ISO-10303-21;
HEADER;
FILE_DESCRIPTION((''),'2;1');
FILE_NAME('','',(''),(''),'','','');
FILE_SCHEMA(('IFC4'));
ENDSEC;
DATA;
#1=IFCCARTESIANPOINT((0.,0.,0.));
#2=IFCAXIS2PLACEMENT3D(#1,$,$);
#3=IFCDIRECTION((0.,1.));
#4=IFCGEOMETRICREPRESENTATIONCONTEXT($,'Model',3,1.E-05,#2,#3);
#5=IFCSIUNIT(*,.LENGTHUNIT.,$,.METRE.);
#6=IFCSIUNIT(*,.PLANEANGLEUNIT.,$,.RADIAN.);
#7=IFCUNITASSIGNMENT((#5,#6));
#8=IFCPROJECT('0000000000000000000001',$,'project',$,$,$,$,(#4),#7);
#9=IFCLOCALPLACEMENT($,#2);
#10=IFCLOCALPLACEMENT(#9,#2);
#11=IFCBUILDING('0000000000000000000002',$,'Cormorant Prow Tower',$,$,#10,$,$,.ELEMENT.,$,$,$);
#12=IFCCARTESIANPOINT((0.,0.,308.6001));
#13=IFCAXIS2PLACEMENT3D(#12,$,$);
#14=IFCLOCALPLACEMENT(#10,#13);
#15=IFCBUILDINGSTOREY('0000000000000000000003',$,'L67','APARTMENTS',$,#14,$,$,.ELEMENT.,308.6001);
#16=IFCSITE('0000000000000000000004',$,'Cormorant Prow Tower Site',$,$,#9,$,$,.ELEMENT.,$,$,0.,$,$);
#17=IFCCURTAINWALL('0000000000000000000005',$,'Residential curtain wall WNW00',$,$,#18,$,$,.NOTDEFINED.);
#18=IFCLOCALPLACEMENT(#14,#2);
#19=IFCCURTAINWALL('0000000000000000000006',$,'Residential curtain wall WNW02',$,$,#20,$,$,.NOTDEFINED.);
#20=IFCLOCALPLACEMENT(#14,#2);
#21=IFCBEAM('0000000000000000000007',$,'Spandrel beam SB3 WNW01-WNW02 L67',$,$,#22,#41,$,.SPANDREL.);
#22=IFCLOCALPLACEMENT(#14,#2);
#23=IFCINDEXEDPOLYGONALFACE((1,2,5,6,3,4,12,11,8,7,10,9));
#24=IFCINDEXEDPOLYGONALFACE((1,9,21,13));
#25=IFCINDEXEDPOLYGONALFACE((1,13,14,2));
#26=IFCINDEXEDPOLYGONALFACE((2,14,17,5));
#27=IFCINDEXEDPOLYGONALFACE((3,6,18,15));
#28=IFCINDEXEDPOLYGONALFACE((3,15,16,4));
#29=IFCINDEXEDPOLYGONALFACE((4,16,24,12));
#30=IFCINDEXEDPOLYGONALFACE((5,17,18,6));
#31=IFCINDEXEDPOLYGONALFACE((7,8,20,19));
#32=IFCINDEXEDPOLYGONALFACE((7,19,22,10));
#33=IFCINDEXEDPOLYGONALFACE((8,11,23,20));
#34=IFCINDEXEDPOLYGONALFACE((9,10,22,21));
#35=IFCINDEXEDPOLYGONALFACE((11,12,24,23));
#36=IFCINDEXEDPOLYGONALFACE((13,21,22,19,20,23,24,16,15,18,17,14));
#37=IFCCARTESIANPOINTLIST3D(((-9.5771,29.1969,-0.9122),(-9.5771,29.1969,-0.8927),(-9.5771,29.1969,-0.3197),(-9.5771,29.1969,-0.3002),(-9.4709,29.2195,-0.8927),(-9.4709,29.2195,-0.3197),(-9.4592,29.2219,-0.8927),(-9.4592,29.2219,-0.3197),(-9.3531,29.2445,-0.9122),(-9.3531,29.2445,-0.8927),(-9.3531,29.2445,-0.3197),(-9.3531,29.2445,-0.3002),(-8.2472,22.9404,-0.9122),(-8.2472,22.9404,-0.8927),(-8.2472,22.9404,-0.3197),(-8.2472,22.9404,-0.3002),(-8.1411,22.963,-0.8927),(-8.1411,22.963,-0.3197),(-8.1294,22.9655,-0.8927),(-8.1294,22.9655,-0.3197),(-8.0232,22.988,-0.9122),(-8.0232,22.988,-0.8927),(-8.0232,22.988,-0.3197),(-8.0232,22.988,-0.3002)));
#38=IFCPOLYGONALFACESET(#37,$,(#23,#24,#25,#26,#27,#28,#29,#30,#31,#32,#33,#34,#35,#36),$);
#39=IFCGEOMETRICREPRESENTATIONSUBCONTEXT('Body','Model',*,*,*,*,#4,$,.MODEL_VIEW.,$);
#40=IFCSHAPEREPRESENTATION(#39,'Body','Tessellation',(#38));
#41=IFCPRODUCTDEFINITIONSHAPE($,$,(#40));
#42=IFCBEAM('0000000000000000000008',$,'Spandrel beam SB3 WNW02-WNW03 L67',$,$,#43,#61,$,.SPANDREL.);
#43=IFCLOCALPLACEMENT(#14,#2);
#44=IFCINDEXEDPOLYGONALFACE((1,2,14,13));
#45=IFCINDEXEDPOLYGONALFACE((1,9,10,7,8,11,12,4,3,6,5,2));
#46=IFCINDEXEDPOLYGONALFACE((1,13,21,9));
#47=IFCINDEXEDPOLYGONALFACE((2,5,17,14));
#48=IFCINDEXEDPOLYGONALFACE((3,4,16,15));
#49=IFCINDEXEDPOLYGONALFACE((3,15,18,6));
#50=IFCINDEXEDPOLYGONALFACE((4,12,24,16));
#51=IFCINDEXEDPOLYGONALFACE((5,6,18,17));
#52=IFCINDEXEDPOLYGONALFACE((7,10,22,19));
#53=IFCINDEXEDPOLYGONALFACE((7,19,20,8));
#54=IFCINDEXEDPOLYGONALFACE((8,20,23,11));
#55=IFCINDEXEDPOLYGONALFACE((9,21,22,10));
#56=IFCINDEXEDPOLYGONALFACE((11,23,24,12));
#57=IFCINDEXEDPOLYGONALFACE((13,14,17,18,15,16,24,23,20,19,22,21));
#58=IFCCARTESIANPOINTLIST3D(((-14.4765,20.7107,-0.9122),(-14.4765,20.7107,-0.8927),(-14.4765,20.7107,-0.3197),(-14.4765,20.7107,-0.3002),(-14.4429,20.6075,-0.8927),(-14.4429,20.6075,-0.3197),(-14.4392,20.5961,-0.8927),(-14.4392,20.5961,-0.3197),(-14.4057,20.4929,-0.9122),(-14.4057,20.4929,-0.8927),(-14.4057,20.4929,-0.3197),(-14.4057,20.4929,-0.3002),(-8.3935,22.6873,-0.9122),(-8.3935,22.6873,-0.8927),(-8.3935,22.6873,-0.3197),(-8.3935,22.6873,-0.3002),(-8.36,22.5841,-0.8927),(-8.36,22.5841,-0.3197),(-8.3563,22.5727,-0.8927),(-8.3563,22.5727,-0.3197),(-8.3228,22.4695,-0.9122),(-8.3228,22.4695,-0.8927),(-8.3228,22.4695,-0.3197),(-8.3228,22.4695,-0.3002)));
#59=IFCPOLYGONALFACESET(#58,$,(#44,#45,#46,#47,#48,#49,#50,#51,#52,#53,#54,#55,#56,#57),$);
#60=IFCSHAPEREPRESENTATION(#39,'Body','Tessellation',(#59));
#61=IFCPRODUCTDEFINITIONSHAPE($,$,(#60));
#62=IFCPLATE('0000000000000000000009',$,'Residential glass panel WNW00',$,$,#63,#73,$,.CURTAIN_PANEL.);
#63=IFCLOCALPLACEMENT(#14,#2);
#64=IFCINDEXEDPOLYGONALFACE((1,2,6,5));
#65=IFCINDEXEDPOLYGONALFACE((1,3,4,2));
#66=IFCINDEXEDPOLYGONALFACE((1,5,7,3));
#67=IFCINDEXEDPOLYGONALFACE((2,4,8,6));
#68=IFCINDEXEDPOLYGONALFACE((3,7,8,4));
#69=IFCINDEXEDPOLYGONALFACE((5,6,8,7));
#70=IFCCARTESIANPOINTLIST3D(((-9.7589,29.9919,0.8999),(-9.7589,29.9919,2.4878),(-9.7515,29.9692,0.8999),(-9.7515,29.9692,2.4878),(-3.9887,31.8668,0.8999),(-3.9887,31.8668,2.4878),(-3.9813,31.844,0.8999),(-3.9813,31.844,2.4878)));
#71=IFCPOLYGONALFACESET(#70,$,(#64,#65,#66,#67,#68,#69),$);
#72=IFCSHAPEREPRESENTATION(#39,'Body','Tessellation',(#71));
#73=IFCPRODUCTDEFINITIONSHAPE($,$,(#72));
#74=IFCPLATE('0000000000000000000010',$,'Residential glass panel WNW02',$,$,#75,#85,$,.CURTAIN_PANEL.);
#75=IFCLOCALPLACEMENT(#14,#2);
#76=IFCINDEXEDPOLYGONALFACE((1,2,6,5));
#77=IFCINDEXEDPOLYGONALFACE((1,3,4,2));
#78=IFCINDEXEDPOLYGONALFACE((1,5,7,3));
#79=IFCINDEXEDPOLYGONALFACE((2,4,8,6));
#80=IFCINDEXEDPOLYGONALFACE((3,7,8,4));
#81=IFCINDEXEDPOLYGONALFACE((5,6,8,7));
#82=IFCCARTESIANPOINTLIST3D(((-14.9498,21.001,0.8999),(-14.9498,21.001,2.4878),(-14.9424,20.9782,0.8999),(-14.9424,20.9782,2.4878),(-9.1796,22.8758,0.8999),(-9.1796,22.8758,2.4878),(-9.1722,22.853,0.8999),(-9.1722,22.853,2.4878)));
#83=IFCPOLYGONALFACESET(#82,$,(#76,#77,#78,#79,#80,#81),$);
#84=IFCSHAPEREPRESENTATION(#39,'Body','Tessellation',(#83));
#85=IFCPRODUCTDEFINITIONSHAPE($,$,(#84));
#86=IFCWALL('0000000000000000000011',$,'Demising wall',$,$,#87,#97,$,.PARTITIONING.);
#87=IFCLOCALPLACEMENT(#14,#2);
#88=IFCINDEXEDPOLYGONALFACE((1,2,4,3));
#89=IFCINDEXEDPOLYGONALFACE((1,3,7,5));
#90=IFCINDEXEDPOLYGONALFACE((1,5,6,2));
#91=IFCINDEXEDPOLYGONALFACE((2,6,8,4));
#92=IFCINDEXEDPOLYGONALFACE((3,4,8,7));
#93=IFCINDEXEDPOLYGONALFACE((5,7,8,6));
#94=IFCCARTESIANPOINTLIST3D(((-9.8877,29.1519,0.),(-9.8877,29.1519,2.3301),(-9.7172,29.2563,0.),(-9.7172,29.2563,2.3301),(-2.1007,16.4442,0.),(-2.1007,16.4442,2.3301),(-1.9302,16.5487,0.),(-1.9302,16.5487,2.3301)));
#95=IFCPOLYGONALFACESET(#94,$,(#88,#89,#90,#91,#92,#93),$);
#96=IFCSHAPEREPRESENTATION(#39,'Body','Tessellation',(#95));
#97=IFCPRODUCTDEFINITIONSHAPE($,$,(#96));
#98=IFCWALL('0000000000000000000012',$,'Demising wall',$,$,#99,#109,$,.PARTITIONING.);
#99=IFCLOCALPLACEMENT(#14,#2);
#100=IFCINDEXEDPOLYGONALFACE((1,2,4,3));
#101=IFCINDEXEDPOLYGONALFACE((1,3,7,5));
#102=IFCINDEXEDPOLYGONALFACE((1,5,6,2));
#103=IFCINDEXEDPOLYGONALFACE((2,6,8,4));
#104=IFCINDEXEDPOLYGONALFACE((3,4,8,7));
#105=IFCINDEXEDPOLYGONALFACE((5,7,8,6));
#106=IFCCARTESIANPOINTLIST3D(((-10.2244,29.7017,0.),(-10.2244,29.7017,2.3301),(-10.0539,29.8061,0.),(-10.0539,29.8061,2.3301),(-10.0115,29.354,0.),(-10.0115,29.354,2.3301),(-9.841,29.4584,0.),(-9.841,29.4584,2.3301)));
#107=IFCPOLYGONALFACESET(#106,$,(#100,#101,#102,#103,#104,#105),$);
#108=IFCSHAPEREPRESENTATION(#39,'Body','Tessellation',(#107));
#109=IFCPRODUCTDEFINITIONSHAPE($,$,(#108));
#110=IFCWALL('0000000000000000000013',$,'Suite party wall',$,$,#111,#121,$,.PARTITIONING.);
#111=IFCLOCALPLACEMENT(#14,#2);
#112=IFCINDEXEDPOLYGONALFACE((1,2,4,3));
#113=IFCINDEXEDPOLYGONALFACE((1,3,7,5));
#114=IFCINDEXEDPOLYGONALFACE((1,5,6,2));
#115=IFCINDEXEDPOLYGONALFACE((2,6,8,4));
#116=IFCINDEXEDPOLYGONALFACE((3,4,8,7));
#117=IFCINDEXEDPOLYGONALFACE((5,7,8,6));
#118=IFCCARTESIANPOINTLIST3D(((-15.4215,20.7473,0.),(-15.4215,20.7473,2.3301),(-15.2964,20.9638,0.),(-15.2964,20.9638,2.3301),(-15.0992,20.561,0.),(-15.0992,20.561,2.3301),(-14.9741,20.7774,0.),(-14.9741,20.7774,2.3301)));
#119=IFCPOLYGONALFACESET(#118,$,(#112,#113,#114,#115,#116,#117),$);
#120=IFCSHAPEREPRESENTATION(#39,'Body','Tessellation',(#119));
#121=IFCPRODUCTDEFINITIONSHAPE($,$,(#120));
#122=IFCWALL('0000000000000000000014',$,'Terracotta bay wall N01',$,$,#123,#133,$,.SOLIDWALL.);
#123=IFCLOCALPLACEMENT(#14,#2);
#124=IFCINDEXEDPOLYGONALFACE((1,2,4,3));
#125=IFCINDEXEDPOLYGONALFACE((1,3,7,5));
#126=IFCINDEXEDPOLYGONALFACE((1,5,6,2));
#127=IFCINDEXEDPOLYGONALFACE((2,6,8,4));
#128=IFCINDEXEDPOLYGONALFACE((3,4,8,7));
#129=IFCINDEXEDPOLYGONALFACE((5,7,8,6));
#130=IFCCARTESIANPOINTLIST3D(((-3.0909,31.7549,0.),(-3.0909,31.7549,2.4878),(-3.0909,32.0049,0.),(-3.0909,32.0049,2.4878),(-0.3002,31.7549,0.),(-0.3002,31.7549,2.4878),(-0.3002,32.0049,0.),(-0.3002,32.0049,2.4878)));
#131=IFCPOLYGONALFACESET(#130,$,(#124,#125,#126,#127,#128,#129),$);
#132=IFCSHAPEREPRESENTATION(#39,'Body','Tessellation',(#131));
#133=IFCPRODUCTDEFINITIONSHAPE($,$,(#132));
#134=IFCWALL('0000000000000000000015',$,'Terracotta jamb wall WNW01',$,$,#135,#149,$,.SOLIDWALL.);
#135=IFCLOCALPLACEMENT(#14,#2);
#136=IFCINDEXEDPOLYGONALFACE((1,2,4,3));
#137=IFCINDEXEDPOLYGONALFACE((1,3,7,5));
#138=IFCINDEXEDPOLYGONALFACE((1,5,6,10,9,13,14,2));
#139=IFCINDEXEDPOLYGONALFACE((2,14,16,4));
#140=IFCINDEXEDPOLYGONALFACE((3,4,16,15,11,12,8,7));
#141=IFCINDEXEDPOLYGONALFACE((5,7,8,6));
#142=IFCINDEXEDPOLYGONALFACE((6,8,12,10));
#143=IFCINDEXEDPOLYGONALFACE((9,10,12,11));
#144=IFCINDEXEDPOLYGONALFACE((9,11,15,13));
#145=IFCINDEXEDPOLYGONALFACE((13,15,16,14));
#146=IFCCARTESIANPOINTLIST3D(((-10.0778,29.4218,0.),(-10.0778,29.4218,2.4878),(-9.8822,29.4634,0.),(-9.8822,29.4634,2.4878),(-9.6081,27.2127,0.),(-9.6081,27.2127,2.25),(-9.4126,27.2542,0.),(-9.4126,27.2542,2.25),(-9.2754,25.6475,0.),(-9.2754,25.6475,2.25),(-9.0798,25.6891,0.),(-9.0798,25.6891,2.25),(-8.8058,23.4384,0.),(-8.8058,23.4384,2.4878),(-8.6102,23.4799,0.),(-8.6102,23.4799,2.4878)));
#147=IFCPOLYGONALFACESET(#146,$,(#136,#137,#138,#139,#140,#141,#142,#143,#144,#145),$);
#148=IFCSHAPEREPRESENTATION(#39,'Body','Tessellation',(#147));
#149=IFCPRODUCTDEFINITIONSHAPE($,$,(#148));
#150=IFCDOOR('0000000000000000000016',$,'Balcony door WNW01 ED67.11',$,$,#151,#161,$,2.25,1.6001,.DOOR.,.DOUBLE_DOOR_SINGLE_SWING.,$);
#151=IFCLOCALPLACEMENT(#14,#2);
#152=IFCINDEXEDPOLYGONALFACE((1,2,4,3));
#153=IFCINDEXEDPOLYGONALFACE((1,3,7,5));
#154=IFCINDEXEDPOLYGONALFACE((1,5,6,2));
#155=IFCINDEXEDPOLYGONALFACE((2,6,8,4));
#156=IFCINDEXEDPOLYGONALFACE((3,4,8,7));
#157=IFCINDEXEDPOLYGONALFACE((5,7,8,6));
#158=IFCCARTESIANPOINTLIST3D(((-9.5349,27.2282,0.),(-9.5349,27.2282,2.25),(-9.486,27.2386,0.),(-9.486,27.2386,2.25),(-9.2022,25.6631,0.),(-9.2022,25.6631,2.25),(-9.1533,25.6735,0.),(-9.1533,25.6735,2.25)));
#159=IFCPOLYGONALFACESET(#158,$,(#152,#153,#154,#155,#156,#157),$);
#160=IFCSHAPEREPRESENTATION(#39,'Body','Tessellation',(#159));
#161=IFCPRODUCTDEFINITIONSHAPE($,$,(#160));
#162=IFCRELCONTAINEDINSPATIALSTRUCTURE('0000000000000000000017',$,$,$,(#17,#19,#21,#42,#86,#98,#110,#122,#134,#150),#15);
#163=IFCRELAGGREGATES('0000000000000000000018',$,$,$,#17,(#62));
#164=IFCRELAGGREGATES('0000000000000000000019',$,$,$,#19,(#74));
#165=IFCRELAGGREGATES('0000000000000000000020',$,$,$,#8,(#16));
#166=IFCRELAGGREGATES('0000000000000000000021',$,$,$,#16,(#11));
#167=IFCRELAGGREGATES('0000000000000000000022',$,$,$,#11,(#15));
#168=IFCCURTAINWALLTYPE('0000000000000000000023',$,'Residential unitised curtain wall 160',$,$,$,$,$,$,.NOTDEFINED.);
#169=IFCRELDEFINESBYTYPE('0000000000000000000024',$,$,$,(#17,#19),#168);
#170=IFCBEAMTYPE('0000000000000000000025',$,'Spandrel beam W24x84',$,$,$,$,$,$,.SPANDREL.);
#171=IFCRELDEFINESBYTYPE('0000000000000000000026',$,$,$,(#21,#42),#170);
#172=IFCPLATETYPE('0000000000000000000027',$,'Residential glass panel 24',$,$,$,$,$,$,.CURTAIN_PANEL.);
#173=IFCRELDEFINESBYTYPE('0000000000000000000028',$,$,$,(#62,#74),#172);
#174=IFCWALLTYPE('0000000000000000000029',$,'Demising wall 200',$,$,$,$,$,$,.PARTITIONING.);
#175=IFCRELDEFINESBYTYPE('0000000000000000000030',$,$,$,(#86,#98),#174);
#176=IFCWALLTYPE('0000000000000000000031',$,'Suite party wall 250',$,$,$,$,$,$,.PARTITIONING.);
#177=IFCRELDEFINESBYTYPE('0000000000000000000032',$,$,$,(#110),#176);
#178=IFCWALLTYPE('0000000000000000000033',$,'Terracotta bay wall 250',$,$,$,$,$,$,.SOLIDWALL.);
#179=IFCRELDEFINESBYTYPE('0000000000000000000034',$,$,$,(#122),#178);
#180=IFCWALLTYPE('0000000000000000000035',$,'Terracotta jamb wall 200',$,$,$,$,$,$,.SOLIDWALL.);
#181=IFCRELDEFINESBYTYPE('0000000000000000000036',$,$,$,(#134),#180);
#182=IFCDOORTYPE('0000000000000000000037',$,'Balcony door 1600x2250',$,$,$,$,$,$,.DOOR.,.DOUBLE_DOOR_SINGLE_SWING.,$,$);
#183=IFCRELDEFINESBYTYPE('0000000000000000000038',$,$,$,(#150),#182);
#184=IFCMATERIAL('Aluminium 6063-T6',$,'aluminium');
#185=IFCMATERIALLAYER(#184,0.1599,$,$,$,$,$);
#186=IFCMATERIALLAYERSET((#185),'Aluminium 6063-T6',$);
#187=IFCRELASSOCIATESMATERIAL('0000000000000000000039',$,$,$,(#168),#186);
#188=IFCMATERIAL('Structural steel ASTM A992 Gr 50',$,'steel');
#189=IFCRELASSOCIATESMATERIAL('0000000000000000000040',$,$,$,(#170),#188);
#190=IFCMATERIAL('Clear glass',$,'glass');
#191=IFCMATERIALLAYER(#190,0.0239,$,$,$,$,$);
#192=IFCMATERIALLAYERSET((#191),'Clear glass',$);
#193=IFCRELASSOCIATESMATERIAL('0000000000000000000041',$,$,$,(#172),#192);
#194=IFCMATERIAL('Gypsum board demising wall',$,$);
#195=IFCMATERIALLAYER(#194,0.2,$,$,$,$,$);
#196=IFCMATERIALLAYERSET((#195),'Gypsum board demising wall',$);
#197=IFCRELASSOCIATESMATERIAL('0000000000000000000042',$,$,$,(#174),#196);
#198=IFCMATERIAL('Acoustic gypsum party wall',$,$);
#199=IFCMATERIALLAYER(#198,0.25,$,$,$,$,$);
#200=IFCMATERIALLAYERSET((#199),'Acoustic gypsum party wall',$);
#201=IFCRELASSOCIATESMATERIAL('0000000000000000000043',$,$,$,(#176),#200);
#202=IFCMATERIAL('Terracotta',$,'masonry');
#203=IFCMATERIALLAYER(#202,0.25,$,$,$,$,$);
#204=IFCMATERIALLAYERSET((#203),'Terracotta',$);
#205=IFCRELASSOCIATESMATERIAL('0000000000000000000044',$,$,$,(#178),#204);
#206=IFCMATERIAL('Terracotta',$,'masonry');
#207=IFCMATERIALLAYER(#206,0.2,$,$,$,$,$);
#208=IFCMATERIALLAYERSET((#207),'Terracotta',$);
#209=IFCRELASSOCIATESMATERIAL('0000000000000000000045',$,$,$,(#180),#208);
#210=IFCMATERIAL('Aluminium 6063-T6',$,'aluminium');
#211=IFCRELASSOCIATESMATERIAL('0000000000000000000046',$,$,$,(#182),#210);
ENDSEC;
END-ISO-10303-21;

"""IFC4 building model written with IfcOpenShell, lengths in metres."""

from ifc_helpers import new_model, si_unit, direction, frame, frame_2d, origin, origin_2d, place, context, subcontext, project, spatial, rectangle, i_section, extrude, material, layer, layer_set, material_profile, profile_set, type_object, element, fill, aggregate, save


model = new_model("IFC4")

# Units and contexts
model_context = context("Model", 3, precision=1e-05, world=origin(), true_north=direction((0.0, 1.0)))
body_context = subcontext(model_context, "Body", "Model", "MODEL_VIEW")
ifc_project = project(units=[si_unit("LENGTHUNIT", "METRE"), si_unit("PLANEANGLEUNIT", "RADIAN")], contexts=[model_context])

# Site, building, storey
site_placement = place(None, origin())
site = spatial("IfcSite", under=ifc_project, at=site_placement, Name="Cormorant Prow Tower Site", CompositionType="ELEMENT", RefElevation=0.0)
building_placement = place(site_placement, origin())
building = spatial("IfcBuilding", under=site, at=building_placement, Name="Cormorant Prow Tower", CompositionType="ELEMENT")
storey_placement = place(building_placement, frame((0.0, 0.0, 308.6001)))
storey = spatial("IfcBuildingStorey", under=building, at=storey_placement, Name="L67", Description="APARTMENTS", CompositionType="ELEMENT", Elevation=308.6001)

# Curtain walls
ifc_material_1 = material(Name="Aluminium 6063-T6", Category="aluminium")
ifc_layer_1 = layer(ifc_material_1, 0.1599)
ifc_layer_set_1 = layer_set([ifc_layer_1], Name="Aluminium 6063-T6")
curtain_wall_type = type_object("IfcCurtainWallType", Name="Residential unitised curtain wall 160", PredefinedType="NOTDEFINED", material=ifc_layer_set_1)
curtain_wall_1_placement = place(storey_placement, origin())
curtain_wall_1 = element("IfcCurtainWall", 1, at=curtain_wall_1_placement, inside=storey, type_object=curtain_wall_type, Name="Residential curtain wall WNW00", PredefinedType="NOTDEFINED")
curtain_wall_2_placement = place(storey_placement, origin())
curtain_wall_2 = element("IfcCurtainWall", 2, at=curtain_wall_2_placement, inside=storey, type_object=curtain_wall_type, Name="Residential curtain wall WNW02", PredefinedType="NOTDEFINED")

# Beams
ifc_material_2 = material(Name="Structural steel ASTM A992 Gr 50", Category="steel")
ifc_material_profile_1 = material_profile(ifc_material_2, i_section(OverallWidth=0.229, OverallDepth=0.6121, WebThickness=0.012, FlangeThickness=0.0195, at=origin_2d()), Name="W24x84")
ifc_profile_set_1 = profile_set([ifc_material_profile_1], Name="Structural steel ASTM A992 Gr 50")
beam_type = type_object("IfcBeamType", Name="Spandrel beam W24x84", PredefinedType="SPANDREL", material=ifc_profile_set_1)
beam_1_placement = place(storey_placement, frame((-9.4651, 29.2207, -0.6062), z_axis=(0.207913, -0.978147, 0.0), x_axis=(0.978147, 0.207913, 0.0)))
element("IfcBeam", 3, at=beam_1_placement, inside=storey, type_object=beam_type, Name="Spandrel beam SB3 WNW01-WNW02 L67", PredefinedType="SPANDREL", context=body_context, shape_type="SweptSolid", body=[
    extrude(i_section(OverallWidth=0.229, OverallDepth=0.6121, WebThickness=0.012, FlangeThickness=0.0195, at=origin_2d()), origin(), (0.0, 0.0, 1.0), 6.3962),
])
beam_2_placement = place(storey_placement, frame((-8.3582, 22.5784, -0.6062), z_axis=(-0.951053, -0.309027, 0.0), x_axis=(0.309027, -0.951053, 0.0)))
element("IfcBeam", 4, at=beam_2_placement, inside=storey, type_object=beam_type, Name="Spandrel beam SB3 WNW02-WNW03 L67", PredefinedType="SPANDREL", context=body_context, shape_type="SweptSolid", body=[
    extrude(i_section(OverallWidth=0.229, OverallDepth=0.6121, WebThickness=0.012, FlangeThickness=0.0195, at=origin_2d()), origin(), (0.0, 0.0, 1.0), 6.396),
])

# Plates
ifc_material_3 = material(Name="Clear glass", Category="glass")
ifc_layer_2 = layer(ifc_material_3, 0.0239)
ifc_layer_set_2 = layer_set([ifc_layer_2], Name="Clear glass")
plate_type = type_object("IfcPlateType", Name="Residential glass panel 24", PredefinedType="CURTAIN_PANEL", material=ifc_layer_set_2)
plate_1_placement = place(storey_placement, frame((-6.8701, 30.918, 0.8999), z_axis=(0.0, 0.0, 1.0), x_axis=(-0.951057, -0.309017, 0.0)))
plate_1 = element("IfcPlate", 5, at=plate_1_placement, type_object=plate_type, Name="Residential glass panel WNW00", PredefinedType="CURTAIN_PANEL", context=body_context, shape_type="SweptSolid", body=[
    extrude(rectangle(XDim=6.0671, YDim=0.0239, at=origin_2d()), origin(), (0.0, 0.0, 1.0), 1.5879),
])
aggregate(curtain_wall_1, [plate_1])
plate_2_placement = place(storey_placement, frame((-12.061, 21.927, 0.8999), z_axis=(0.0, 0.0, 1.0), x_axis=(-0.951057, -0.309017, 0.0)))
plate_2 = element("IfcPlate", 6, at=plate_2_placement, type_object=plate_type, Name="Residential glass panel WNW02", PredefinedType="CURTAIN_PANEL", context=body_context, shape_type="SweptSolid", body=[
    extrude(rectangle(XDim=6.0671, YDim=0.0239, at=origin_2d()), origin(), (0.0, 0.0, 1.0), 1.5879),
])
aggregate(curtain_wall_2, [plate_2])

# Walls
ifc_material_4 = material(Name="Gypsum board demising wall")
ifc_layer_3 = layer(ifc_material_4, 0.2)
ifc_layer_set_3 = layer_set([ifc_layer_3], Name="Gypsum board demising wall")
wall_type_1 = type_object("IfcWallType", Name="Demising wall 200", PredefinedType="PARTITIONING", material=ifc_layer_set_3)
wall_1_placement = place(storey_placement, frame((-9.8025, 29.2041, 0.0), z_axis=(0.0, 0.0, 1.0), x_axis=(0.522488, -0.852647, 0.0)))
element("IfcWall", 7, at=wall_1_placement, inside=storey, type_object=wall_type_1, Name="Demising wall", PredefinedType="PARTITIONING", context=body_context, shape_type="SweptSolid", body=[
    extrude(rectangle(XDim=14.9038, YDim=0.2, at=frame_2d((7.4519, 0.0))), origin(), (0.0, 0.0, 1.0), 2.3301),
])
wall_2_placement = place(storey_placement, frame((-10.1392, 29.7539, 0.0), z_axis=(0.0, 0.0, 1.0), x_axis=(0.522225, -0.852808, 0.0)))
element("IfcWall", 8, at=wall_2_placement, inside=storey, type_object=wall_type_1, Name="Demising wall", PredefinedType="PARTITIONING", context=body_context, shape_type="SweptSolid", body=[
    extrude(rectangle(XDim=0.4077, YDim=0.2, at=frame_2d((0.2039, 0.0))), origin(), (0.0, 0.0, 1.0), 2.3301),
])
ifc_material_5 = material(Name="Acoustic gypsum party wall")
ifc_layer_4 = layer(ifc_material_5, 0.25)
ifc_layer_set_4 = layer_set([ifc_layer_4], Name="Acoustic gypsum party wall")
wall_type_2 = type_object("IfcWallType", Name="Suite party wall 250", PredefinedType="PARTITIONING", material=ifc_layer_set_4)
wall_3_placement = place(storey_placement, frame((-15.3589, 20.8555, 0.0), z_axis=(0.0, 0.0, 1.0), x_axis=(0.86577, -0.500441, 0.0)))
element("IfcWall", 9, at=wall_3_placement, inside=storey, type_object=wall_type_2, Name="Suite party wall", PredefinedType="PARTITIONING", context=body_context, shape_type="SweptSolid", body=[
    extrude(rectangle(XDim=0.3723, YDim=0.25, at=frame_2d((0.186, 0.0))), origin(), (0.0, 0.0, 1.0), 2.3301),
])
ifc_material_6 = material(Name="Terracotta", Category="masonry")
ifc_layer_5 = layer(ifc_material_6, 0.25)
ifc_layer_set_5 = layer_set([ifc_layer_5], Name="Terracotta")
wall_type_3 = type_object("IfcWallType", Name="Terracotta bay wall 250", PredefinedType="SOLIDWALL", material=ifc_layer_set_5)
wall_4_placement = place(storey_placement, frame((-0.3, 31.8799, 0.0), z_axis=(0.0, 0.0, 1.0), x_axis=(-1.0, 0.0, 0.0)))
element("IfcWall", 10, at=wall_4_placement, inside=storey, type_object=wall_type_3, Name="Terracotta bay wall N01", PredefinedType="SOLIDWALL", context=body_context, shape_type="SweptSolid", body=[
    extrude(rectangle(XDim=2.7908, YDim=0.25, at=frame_2d((1.3955, 0.0))), origin(), (0.0, 0.0, 1.0), 2.4878),
])

# Wall, opening, door
ifc_material_7 = material(Name="Terracotta", Category="masonry")
ifc_layer_6 = layer(ifc_material_7, 0.2)
ifc_layer_set_6 = layer_set([ifc_layer_6], Name="Terracotta")
wall_type_4 = type_object("IfcWallType", Name="Terracotta jamb wall 200", PredefinedType="SOLIDWALL", material=ifc_layer_set_6)
wall_5_placement = place(storey_placement, frame((-9.98, 29.4426, 0.0), z_axis=(0.0, 0.0, 1.0), x_axis=(0.207937, -0.978142, 0.0)))
wall_5 = element("IfcWall", 11, at=wall_5_placement, inside=storey, type_object=wall_type_4, Name="Terracotta jamb wall WNW01", PredefinedType="SOLIDWALL", context=body_context, shape_type="SweptSolid", body=[
    extrude(rectangle(XDim=6.1172, YDim=0.2, at=frame_2d((3.0586, 0.0))), origin(), (0.0, 0.0, 1.0), 2.4878),
])
opening_1_placement = place(wall_5_placement, frame((2.2585, 0.0, 0.0)))
opening_1 = element("IfcOpeningElement", 12, at=opening_1_placement, cuts=wall_5, PredefinedType="OPENING", context=body_context, shape_type="SweptSolid", body=[
    extrude(rectangle(XDim=1.6001, YDim=2.25, at=frame_2d((0.8, 1.125))), frame((0.0, 0.1099, 0.0), z_axis=(0.0, -1.0, 0.0), x_axis=(1.0, 0.0, 0.0)), (0.0, 0.0, 1.0), 0.22),
])
ifc_material_8 = material(Name="Aluminium 6063-T6", Category="aluminium")
door_type = type_object("IfcDoorType", Name="Balcony door 1600x2250", OperationType="DOUBLE_DOOR_SINGLE_SWING", PredefinedType="DOOR", material=ifc_material_8)
door_1_placement = place(opening_1_placement, origin())
door_1 = element("IfcDoor", 13, at=door_1_placement, inside=storey, type_object=door_type, Name="Balcony door WNW01 ED67.11", OperationType="DOUBLE_DOOR_SINGLE_SWING", OverallHeight=2.25, OverallWidth=1.6001, PredefinedType="DOOR", context=body_context, shape_type="SweptSolid", body=[
    extrude(rectangle(XDim=1.6001, YDim=2.25, at=frame_2d((0.8, 1.125))), frame((0.0, 0.0249, 0.0), z_axis=(0.0, -1.0, 0.0), x_axis=(1.0, 0.0, 0.0)), (0.0, 0.0, 1.0), 0.05),
])
fill(opening_1, door_1)

save(model, "model.ifc")
